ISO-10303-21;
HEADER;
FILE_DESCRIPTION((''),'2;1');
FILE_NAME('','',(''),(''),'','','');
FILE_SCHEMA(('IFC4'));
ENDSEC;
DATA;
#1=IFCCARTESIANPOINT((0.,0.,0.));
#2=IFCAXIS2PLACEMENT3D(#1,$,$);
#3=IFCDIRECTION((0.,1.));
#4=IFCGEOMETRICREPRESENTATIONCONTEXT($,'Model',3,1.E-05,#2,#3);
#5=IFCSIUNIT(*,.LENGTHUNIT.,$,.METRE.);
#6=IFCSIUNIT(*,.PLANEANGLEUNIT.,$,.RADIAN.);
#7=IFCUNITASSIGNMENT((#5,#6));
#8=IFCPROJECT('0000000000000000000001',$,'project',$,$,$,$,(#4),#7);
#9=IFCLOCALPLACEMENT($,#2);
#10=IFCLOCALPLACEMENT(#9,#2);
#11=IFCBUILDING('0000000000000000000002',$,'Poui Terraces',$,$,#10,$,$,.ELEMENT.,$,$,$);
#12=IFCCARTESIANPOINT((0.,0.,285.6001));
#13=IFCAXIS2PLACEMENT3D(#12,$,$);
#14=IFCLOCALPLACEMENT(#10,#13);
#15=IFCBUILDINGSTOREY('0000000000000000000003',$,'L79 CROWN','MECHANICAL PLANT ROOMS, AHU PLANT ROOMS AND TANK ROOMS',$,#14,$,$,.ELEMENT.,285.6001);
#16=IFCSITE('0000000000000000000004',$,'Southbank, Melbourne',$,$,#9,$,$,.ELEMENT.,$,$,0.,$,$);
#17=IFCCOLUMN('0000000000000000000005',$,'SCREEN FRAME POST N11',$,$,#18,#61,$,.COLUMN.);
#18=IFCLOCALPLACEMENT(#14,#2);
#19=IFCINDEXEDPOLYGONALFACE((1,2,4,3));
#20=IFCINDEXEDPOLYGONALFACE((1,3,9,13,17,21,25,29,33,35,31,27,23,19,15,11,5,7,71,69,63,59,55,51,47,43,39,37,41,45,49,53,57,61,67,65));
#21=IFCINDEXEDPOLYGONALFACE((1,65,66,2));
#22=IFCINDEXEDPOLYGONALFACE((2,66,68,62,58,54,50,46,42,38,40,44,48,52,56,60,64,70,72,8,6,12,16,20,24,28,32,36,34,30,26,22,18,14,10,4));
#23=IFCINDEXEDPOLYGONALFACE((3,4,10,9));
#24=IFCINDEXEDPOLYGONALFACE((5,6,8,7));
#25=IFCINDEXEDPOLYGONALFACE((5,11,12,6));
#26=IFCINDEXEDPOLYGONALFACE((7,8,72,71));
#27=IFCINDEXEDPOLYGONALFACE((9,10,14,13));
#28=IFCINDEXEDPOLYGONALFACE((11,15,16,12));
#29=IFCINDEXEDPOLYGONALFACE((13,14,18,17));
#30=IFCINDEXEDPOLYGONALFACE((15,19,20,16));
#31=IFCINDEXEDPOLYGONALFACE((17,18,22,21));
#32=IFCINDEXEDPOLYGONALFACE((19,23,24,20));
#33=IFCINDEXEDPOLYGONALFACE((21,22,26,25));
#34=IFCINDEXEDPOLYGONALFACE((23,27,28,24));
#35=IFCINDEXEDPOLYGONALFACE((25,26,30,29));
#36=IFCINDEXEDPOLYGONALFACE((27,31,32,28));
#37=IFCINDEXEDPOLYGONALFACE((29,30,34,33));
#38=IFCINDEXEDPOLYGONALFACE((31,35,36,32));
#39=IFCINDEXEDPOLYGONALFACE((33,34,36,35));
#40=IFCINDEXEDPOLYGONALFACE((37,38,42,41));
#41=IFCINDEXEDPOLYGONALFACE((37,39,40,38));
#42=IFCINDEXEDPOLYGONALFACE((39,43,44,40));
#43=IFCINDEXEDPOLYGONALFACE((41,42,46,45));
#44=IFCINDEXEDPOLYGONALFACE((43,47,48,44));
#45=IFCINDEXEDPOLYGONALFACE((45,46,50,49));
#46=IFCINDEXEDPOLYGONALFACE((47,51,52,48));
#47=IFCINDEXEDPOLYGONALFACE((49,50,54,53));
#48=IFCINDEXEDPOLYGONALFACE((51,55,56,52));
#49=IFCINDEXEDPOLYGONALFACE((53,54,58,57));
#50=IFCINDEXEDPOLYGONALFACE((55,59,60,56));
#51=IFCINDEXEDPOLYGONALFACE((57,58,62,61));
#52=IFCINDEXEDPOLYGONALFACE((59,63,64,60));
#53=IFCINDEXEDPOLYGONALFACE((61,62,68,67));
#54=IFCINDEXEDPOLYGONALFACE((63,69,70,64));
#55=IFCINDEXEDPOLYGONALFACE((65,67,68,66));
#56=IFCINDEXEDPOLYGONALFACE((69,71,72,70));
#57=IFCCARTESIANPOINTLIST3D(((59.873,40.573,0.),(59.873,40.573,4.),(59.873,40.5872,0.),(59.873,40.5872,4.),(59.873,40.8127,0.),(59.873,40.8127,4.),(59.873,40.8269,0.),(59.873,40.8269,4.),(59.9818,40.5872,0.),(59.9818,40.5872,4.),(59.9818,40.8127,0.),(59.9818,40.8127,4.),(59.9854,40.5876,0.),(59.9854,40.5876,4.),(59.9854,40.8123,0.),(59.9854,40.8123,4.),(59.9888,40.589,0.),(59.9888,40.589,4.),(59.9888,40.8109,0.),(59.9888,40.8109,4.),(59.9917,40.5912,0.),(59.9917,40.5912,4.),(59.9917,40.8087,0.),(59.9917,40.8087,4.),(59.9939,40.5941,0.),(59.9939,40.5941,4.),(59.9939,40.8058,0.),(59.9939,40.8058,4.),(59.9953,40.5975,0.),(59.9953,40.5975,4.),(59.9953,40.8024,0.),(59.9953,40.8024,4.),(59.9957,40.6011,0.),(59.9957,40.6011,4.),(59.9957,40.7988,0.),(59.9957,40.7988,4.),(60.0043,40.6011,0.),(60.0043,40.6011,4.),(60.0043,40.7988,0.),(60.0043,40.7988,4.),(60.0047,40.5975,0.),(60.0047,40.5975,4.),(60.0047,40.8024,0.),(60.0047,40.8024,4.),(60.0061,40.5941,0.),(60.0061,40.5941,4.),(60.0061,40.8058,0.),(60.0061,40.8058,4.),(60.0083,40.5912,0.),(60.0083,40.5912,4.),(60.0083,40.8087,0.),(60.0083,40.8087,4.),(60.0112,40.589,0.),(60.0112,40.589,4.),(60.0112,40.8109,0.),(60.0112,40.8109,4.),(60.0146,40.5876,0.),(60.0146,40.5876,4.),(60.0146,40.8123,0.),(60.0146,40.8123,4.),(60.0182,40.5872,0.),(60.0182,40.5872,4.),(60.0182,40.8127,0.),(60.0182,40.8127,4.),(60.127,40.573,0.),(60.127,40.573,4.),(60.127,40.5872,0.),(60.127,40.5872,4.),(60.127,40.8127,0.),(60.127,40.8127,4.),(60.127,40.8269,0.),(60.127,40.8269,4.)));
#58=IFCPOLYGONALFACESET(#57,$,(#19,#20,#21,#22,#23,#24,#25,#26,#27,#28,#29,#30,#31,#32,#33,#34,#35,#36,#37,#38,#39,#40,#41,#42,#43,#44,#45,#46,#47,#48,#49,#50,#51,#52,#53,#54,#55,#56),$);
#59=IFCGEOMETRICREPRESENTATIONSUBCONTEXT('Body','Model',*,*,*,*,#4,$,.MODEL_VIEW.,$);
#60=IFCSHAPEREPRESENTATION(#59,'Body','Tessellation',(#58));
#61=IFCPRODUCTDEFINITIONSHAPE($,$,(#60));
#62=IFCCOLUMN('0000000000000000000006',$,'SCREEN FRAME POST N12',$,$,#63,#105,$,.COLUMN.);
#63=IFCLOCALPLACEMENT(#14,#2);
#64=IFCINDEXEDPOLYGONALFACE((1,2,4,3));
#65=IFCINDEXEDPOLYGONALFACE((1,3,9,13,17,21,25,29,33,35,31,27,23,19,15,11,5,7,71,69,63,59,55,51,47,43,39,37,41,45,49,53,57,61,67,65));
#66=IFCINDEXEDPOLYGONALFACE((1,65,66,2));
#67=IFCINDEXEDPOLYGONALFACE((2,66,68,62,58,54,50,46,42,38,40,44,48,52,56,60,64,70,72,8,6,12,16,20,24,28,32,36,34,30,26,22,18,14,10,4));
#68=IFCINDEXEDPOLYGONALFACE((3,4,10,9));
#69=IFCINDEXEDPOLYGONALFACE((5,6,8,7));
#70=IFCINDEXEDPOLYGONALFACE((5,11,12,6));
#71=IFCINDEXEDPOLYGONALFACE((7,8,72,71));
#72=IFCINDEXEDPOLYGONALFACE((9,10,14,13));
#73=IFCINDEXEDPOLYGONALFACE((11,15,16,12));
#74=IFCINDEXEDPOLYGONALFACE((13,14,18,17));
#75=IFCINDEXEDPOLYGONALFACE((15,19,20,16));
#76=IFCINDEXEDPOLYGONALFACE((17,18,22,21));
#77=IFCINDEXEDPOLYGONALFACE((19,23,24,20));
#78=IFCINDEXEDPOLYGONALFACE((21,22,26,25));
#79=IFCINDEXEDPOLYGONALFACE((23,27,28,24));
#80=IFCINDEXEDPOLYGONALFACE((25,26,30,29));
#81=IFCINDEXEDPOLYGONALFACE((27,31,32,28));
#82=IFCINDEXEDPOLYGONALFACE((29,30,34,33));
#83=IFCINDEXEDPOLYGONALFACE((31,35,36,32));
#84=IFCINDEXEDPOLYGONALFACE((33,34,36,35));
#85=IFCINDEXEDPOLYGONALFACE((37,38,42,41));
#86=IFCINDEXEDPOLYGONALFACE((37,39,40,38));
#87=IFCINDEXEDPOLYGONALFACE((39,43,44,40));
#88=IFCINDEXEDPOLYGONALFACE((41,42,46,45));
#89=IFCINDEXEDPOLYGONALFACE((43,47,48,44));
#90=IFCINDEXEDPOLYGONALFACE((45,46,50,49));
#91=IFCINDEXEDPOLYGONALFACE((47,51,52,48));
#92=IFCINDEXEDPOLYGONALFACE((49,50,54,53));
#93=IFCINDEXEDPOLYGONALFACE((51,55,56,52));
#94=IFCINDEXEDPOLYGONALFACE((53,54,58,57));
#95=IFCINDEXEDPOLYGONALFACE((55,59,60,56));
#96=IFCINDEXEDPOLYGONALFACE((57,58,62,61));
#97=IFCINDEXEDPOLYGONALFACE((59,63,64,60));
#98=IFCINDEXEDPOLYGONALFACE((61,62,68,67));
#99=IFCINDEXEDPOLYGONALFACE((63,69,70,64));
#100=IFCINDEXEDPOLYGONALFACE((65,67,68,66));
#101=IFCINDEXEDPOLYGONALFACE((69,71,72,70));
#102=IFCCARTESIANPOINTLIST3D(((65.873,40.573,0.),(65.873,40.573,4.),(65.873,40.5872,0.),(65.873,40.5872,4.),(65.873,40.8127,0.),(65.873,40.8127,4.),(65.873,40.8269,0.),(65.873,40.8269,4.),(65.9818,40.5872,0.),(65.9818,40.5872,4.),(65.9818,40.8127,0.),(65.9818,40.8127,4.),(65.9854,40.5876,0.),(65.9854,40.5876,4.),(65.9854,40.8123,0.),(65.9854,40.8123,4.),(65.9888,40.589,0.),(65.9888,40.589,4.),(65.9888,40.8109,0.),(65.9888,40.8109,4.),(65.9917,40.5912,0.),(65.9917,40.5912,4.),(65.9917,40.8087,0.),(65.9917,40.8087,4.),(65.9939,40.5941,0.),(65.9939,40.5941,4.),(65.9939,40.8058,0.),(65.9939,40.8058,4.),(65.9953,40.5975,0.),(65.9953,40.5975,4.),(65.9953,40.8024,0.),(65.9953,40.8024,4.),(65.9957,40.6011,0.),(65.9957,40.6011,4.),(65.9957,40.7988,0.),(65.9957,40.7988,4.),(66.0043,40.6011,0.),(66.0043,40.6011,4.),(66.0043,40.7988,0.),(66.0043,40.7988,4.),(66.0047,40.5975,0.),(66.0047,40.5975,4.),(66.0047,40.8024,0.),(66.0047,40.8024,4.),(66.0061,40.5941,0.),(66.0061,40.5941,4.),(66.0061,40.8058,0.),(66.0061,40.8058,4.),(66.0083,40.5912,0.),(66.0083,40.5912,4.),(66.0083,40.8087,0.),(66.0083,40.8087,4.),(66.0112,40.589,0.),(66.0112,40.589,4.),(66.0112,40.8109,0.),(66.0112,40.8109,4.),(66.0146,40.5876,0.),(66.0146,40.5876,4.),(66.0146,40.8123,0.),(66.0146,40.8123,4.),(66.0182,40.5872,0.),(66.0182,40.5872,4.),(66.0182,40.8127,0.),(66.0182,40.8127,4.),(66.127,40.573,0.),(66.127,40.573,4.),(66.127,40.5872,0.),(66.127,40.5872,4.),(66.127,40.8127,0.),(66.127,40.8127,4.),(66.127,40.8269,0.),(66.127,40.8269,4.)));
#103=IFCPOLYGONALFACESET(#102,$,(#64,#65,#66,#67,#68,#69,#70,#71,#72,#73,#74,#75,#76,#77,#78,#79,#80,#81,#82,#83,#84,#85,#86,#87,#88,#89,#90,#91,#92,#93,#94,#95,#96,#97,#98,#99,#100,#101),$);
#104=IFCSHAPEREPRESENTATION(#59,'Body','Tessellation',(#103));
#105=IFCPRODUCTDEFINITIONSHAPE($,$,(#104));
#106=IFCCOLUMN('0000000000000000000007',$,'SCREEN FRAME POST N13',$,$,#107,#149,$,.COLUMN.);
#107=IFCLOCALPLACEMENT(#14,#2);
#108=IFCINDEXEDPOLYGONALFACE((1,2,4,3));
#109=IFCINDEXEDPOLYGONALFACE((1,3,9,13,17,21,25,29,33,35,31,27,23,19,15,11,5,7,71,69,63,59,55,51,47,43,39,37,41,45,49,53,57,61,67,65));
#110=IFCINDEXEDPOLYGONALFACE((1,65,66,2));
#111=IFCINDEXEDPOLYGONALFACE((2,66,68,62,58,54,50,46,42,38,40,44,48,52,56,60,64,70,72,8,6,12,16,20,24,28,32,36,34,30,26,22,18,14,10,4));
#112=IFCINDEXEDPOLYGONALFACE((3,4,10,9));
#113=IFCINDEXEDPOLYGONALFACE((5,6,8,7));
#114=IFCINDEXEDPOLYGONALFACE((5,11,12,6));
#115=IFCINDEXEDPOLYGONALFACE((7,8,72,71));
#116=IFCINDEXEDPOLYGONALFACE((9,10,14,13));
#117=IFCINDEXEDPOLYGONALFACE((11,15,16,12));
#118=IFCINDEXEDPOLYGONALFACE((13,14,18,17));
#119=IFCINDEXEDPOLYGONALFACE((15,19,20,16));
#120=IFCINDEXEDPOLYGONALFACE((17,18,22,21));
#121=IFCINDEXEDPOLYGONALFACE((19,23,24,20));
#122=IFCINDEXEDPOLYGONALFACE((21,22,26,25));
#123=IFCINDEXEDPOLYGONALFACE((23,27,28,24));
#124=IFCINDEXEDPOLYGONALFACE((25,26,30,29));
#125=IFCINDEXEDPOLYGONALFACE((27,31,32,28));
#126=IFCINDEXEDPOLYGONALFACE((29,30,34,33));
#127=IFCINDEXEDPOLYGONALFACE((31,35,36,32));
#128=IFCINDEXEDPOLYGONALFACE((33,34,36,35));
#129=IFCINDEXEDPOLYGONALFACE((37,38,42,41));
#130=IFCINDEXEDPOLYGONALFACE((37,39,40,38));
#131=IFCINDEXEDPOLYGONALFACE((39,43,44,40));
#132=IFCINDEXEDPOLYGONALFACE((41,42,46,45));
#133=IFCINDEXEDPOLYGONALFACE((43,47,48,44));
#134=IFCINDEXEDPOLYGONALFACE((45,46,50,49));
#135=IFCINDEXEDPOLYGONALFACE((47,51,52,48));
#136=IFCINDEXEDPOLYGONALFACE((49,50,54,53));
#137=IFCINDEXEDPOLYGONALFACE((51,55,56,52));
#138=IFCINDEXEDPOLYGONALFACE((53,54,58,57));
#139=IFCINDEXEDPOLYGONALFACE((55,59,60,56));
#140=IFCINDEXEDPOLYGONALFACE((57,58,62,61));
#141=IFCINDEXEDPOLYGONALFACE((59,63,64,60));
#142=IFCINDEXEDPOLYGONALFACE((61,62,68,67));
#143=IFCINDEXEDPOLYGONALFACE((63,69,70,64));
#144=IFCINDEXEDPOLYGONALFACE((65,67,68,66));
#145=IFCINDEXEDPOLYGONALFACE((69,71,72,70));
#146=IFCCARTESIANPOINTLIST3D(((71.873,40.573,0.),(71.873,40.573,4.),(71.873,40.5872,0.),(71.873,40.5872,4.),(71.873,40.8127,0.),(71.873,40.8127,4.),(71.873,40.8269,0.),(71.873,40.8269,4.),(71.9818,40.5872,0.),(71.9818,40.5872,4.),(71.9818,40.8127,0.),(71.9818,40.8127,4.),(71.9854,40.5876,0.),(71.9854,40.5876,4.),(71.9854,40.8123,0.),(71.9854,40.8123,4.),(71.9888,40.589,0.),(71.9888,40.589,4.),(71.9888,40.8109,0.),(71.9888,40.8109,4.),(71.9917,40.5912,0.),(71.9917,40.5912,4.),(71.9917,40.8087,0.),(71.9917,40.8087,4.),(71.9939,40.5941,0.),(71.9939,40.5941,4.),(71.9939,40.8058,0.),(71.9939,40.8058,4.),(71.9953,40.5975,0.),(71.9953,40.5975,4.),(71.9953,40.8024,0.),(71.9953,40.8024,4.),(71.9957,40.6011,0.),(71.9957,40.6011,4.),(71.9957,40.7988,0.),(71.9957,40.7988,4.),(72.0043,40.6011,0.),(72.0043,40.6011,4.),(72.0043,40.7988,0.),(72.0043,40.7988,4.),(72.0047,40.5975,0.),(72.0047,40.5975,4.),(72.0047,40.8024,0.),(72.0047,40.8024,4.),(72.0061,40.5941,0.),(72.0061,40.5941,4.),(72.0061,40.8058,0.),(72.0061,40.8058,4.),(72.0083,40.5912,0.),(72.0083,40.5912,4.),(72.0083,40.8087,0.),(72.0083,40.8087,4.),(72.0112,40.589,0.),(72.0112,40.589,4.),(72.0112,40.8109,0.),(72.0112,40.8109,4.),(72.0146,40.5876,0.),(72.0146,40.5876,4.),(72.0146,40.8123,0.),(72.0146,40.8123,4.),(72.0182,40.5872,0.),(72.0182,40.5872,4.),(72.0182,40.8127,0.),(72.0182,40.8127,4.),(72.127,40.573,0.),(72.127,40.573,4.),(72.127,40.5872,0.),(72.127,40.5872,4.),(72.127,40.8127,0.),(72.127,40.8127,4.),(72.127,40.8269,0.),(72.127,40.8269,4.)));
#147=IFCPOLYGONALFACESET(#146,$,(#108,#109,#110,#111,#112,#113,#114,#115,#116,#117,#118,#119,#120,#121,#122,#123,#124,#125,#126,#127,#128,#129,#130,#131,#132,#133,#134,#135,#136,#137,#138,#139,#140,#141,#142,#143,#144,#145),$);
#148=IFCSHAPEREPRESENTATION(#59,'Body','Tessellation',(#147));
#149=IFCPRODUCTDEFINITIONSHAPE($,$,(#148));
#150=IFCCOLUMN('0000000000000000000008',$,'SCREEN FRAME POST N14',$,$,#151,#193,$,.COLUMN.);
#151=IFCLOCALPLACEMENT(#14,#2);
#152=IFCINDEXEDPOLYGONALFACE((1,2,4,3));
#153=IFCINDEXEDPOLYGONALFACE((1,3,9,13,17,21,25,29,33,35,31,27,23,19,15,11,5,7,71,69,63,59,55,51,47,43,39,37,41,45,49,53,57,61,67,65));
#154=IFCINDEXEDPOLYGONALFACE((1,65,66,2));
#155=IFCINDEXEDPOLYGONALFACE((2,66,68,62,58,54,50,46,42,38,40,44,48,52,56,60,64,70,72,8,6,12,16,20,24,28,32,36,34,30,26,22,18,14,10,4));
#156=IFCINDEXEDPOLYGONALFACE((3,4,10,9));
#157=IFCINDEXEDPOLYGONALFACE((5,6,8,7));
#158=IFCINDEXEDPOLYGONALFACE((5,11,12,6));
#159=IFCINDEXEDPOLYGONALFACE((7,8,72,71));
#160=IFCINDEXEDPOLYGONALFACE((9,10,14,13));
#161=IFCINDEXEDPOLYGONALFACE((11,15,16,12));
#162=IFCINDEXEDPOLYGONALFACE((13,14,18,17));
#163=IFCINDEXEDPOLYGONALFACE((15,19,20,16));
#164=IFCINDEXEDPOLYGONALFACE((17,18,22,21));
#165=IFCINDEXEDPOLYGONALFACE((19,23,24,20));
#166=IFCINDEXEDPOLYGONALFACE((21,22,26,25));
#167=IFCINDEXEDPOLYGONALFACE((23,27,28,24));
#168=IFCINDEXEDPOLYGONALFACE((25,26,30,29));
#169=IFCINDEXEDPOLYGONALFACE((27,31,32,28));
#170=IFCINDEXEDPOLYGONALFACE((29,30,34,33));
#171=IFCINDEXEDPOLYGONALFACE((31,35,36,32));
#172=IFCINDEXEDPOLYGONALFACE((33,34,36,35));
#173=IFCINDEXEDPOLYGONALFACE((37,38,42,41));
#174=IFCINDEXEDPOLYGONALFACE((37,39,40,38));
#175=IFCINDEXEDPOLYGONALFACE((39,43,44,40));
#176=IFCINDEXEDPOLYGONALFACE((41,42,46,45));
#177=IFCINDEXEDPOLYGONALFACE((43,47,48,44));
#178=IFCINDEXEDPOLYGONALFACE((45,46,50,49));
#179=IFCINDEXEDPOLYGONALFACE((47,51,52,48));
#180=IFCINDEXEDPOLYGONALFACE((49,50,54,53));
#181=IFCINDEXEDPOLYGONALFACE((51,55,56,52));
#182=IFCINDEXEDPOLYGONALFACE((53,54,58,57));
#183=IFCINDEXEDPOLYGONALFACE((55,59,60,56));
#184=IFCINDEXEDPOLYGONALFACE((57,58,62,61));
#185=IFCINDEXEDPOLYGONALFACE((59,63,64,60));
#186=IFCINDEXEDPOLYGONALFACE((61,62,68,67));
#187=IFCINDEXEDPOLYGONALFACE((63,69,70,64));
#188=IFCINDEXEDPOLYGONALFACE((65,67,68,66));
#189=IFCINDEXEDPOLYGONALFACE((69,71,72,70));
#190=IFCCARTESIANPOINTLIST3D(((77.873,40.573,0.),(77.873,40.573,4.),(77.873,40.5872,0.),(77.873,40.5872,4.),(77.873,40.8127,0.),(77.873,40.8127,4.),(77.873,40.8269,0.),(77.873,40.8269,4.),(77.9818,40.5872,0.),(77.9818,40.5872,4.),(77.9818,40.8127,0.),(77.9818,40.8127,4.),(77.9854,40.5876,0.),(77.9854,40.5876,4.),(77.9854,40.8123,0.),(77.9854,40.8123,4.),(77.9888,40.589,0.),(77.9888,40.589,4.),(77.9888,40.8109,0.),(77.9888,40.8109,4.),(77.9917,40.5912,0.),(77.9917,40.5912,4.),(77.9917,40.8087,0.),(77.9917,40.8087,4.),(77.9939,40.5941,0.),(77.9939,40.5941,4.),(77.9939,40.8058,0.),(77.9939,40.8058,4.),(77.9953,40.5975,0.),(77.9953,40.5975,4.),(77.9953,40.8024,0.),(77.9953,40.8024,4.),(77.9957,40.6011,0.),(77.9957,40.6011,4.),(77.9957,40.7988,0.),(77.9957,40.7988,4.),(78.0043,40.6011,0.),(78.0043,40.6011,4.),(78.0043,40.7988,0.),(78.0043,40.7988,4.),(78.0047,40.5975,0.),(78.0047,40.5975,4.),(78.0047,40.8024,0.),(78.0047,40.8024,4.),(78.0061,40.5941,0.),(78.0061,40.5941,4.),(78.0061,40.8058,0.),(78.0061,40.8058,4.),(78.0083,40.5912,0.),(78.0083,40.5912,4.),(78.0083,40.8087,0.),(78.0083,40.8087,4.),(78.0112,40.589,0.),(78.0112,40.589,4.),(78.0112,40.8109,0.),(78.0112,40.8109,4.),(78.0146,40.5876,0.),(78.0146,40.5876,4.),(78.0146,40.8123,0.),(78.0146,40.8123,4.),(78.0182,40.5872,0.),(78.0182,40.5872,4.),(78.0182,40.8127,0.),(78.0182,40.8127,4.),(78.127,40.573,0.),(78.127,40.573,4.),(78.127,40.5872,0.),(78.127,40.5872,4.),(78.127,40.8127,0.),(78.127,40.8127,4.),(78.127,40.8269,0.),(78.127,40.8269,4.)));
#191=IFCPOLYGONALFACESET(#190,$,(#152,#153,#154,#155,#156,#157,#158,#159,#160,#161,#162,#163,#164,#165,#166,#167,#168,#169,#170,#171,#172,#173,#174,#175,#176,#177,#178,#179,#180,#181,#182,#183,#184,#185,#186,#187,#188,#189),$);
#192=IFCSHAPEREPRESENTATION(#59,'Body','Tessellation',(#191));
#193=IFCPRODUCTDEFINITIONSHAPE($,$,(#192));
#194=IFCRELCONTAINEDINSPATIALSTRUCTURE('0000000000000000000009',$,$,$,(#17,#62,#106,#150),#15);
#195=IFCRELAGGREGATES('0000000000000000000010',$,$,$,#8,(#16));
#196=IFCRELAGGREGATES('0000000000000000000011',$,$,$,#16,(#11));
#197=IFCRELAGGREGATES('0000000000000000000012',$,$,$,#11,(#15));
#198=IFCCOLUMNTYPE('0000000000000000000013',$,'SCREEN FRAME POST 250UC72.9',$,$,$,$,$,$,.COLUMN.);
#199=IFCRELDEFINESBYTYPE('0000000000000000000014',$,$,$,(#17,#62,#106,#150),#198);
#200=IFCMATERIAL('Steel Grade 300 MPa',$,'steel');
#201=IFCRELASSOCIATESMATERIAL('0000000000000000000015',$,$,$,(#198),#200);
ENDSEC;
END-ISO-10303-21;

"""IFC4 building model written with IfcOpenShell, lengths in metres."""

from ifc_helpers import new_model, si_unit, direction, frame, origin, origin_2d, place, context, subcontext, project, spatial, i_section, extrude, source, transform, mapped, material, material_profile, profile_set, type_object, element, save


model = new_model("IFC4")

# Units and contexts
model_context = context("Model", 3, precision=1e-05, world=origin(), true_north=direction((0.0, 1.0)))
body_context = subcontext(model_context, "Body", "Model", "MODEL_VIEW")
ifc_project = project(units=[si_unit("LENGTHUNIT", "METRE"), si_unit("PLANEANGLEUNIT", "RADIAN")], contexts=[model_context])

# Site, building, storey
site_placement = place(None, origin())
site = spatial("IfcSite", under=ifc_project, at=site_placement, Name="Southbank, Melbourne", CompositionType="ELEMENT", RefElevation=0.0)
building_placement = place(site_placement, origin())
building = spatial("IfcBuilding", under=site, at=building_placement, Name="Poui Terraces", CompositionType="ELEMENT")
storey_placement = place(building_placement, frame((0.0, 0.0, 285.6001)))
storey = spatial("IfcBuildingStorey", under=building, at=storey_placement, Name="L79 CROWN", Description="MECHANICAL PLANT ROOMS, AHU PLANT ROOMS AND TANK ROOMS", CompositionType="ELEMENT", Elevation=285.6001)

# Columns
ifc_material_1 = material(Name="Steel Grade 300 MPa", Category="steel")
ifc_material_profile_1 = material_profile(ifc_material_1, i_section(OverallWidth=0.2539, OverallDepth=0.2539, WebThickness=0.0085, FlangeThickness=0.0142, FilletRadius=0.0139, at=origin_2d()), Name="250UC72.9")
ifc_profile_set_1 = profile_set([ifc_material_profile_1], Name="Steel Grade 300 MPa")
column_type_1 = type_object("IfcColumnType", Name="SCREEN FRAME POST 250UC72.9", PredefinedType="COLUMN", material=ifc_profile_set_1)
shared_shape_1 = source(origin(), body_context, "Body", "SweptSolid", [
    extrude(i_section(OverallWidth=0.2539, OverallDepth=0.2539, WebThickness=0.0085, FlangeThickness=0.0142, FilletRadius=0.0139, at=origin_2d()), origin(), (0.0, 0.0, 1.0), 4.0),
])
for number, where, z_axis, x_axis, name in (
    (1, (60.0, 40.7, 0.0), (0.0, 0.0, 1.0), (1.0, 0.0, 0.0), "SCREEN FRAME POST N11"),
    (2, (66.0, 40.7, 0.0), (0.0, 0.0, 1.0), (1.0, 0.0, 0.0), "SCREEN FRAME POST N12"),
    (3, (72.0, 40.7, 0.0), (0.0, 0.0, 1.0), (1.0, 0.0, 0.0), "SCREEN FRAME POST N13"),
    (4, (78.0, 40.7, 0.0), (0.0, 0.0, 1.0), (1.0, 0.0, 0.0), "SCREEN FRAME POST N14"),
):
    element("IfcColumn", number, at=place(storey_placement, frame(where, z_axis=z_axis, x_axis=x_axis)), inside=storey, type_object=column_type_1, Name=name, PredefinedType="COLUMN", context=body_context, shape_type="MappedRepresentation", body=[
        mapped(shared_shape_1, transform((0.0, 0.0, 0.0))),
    ])

save(model, "model.ifc")
